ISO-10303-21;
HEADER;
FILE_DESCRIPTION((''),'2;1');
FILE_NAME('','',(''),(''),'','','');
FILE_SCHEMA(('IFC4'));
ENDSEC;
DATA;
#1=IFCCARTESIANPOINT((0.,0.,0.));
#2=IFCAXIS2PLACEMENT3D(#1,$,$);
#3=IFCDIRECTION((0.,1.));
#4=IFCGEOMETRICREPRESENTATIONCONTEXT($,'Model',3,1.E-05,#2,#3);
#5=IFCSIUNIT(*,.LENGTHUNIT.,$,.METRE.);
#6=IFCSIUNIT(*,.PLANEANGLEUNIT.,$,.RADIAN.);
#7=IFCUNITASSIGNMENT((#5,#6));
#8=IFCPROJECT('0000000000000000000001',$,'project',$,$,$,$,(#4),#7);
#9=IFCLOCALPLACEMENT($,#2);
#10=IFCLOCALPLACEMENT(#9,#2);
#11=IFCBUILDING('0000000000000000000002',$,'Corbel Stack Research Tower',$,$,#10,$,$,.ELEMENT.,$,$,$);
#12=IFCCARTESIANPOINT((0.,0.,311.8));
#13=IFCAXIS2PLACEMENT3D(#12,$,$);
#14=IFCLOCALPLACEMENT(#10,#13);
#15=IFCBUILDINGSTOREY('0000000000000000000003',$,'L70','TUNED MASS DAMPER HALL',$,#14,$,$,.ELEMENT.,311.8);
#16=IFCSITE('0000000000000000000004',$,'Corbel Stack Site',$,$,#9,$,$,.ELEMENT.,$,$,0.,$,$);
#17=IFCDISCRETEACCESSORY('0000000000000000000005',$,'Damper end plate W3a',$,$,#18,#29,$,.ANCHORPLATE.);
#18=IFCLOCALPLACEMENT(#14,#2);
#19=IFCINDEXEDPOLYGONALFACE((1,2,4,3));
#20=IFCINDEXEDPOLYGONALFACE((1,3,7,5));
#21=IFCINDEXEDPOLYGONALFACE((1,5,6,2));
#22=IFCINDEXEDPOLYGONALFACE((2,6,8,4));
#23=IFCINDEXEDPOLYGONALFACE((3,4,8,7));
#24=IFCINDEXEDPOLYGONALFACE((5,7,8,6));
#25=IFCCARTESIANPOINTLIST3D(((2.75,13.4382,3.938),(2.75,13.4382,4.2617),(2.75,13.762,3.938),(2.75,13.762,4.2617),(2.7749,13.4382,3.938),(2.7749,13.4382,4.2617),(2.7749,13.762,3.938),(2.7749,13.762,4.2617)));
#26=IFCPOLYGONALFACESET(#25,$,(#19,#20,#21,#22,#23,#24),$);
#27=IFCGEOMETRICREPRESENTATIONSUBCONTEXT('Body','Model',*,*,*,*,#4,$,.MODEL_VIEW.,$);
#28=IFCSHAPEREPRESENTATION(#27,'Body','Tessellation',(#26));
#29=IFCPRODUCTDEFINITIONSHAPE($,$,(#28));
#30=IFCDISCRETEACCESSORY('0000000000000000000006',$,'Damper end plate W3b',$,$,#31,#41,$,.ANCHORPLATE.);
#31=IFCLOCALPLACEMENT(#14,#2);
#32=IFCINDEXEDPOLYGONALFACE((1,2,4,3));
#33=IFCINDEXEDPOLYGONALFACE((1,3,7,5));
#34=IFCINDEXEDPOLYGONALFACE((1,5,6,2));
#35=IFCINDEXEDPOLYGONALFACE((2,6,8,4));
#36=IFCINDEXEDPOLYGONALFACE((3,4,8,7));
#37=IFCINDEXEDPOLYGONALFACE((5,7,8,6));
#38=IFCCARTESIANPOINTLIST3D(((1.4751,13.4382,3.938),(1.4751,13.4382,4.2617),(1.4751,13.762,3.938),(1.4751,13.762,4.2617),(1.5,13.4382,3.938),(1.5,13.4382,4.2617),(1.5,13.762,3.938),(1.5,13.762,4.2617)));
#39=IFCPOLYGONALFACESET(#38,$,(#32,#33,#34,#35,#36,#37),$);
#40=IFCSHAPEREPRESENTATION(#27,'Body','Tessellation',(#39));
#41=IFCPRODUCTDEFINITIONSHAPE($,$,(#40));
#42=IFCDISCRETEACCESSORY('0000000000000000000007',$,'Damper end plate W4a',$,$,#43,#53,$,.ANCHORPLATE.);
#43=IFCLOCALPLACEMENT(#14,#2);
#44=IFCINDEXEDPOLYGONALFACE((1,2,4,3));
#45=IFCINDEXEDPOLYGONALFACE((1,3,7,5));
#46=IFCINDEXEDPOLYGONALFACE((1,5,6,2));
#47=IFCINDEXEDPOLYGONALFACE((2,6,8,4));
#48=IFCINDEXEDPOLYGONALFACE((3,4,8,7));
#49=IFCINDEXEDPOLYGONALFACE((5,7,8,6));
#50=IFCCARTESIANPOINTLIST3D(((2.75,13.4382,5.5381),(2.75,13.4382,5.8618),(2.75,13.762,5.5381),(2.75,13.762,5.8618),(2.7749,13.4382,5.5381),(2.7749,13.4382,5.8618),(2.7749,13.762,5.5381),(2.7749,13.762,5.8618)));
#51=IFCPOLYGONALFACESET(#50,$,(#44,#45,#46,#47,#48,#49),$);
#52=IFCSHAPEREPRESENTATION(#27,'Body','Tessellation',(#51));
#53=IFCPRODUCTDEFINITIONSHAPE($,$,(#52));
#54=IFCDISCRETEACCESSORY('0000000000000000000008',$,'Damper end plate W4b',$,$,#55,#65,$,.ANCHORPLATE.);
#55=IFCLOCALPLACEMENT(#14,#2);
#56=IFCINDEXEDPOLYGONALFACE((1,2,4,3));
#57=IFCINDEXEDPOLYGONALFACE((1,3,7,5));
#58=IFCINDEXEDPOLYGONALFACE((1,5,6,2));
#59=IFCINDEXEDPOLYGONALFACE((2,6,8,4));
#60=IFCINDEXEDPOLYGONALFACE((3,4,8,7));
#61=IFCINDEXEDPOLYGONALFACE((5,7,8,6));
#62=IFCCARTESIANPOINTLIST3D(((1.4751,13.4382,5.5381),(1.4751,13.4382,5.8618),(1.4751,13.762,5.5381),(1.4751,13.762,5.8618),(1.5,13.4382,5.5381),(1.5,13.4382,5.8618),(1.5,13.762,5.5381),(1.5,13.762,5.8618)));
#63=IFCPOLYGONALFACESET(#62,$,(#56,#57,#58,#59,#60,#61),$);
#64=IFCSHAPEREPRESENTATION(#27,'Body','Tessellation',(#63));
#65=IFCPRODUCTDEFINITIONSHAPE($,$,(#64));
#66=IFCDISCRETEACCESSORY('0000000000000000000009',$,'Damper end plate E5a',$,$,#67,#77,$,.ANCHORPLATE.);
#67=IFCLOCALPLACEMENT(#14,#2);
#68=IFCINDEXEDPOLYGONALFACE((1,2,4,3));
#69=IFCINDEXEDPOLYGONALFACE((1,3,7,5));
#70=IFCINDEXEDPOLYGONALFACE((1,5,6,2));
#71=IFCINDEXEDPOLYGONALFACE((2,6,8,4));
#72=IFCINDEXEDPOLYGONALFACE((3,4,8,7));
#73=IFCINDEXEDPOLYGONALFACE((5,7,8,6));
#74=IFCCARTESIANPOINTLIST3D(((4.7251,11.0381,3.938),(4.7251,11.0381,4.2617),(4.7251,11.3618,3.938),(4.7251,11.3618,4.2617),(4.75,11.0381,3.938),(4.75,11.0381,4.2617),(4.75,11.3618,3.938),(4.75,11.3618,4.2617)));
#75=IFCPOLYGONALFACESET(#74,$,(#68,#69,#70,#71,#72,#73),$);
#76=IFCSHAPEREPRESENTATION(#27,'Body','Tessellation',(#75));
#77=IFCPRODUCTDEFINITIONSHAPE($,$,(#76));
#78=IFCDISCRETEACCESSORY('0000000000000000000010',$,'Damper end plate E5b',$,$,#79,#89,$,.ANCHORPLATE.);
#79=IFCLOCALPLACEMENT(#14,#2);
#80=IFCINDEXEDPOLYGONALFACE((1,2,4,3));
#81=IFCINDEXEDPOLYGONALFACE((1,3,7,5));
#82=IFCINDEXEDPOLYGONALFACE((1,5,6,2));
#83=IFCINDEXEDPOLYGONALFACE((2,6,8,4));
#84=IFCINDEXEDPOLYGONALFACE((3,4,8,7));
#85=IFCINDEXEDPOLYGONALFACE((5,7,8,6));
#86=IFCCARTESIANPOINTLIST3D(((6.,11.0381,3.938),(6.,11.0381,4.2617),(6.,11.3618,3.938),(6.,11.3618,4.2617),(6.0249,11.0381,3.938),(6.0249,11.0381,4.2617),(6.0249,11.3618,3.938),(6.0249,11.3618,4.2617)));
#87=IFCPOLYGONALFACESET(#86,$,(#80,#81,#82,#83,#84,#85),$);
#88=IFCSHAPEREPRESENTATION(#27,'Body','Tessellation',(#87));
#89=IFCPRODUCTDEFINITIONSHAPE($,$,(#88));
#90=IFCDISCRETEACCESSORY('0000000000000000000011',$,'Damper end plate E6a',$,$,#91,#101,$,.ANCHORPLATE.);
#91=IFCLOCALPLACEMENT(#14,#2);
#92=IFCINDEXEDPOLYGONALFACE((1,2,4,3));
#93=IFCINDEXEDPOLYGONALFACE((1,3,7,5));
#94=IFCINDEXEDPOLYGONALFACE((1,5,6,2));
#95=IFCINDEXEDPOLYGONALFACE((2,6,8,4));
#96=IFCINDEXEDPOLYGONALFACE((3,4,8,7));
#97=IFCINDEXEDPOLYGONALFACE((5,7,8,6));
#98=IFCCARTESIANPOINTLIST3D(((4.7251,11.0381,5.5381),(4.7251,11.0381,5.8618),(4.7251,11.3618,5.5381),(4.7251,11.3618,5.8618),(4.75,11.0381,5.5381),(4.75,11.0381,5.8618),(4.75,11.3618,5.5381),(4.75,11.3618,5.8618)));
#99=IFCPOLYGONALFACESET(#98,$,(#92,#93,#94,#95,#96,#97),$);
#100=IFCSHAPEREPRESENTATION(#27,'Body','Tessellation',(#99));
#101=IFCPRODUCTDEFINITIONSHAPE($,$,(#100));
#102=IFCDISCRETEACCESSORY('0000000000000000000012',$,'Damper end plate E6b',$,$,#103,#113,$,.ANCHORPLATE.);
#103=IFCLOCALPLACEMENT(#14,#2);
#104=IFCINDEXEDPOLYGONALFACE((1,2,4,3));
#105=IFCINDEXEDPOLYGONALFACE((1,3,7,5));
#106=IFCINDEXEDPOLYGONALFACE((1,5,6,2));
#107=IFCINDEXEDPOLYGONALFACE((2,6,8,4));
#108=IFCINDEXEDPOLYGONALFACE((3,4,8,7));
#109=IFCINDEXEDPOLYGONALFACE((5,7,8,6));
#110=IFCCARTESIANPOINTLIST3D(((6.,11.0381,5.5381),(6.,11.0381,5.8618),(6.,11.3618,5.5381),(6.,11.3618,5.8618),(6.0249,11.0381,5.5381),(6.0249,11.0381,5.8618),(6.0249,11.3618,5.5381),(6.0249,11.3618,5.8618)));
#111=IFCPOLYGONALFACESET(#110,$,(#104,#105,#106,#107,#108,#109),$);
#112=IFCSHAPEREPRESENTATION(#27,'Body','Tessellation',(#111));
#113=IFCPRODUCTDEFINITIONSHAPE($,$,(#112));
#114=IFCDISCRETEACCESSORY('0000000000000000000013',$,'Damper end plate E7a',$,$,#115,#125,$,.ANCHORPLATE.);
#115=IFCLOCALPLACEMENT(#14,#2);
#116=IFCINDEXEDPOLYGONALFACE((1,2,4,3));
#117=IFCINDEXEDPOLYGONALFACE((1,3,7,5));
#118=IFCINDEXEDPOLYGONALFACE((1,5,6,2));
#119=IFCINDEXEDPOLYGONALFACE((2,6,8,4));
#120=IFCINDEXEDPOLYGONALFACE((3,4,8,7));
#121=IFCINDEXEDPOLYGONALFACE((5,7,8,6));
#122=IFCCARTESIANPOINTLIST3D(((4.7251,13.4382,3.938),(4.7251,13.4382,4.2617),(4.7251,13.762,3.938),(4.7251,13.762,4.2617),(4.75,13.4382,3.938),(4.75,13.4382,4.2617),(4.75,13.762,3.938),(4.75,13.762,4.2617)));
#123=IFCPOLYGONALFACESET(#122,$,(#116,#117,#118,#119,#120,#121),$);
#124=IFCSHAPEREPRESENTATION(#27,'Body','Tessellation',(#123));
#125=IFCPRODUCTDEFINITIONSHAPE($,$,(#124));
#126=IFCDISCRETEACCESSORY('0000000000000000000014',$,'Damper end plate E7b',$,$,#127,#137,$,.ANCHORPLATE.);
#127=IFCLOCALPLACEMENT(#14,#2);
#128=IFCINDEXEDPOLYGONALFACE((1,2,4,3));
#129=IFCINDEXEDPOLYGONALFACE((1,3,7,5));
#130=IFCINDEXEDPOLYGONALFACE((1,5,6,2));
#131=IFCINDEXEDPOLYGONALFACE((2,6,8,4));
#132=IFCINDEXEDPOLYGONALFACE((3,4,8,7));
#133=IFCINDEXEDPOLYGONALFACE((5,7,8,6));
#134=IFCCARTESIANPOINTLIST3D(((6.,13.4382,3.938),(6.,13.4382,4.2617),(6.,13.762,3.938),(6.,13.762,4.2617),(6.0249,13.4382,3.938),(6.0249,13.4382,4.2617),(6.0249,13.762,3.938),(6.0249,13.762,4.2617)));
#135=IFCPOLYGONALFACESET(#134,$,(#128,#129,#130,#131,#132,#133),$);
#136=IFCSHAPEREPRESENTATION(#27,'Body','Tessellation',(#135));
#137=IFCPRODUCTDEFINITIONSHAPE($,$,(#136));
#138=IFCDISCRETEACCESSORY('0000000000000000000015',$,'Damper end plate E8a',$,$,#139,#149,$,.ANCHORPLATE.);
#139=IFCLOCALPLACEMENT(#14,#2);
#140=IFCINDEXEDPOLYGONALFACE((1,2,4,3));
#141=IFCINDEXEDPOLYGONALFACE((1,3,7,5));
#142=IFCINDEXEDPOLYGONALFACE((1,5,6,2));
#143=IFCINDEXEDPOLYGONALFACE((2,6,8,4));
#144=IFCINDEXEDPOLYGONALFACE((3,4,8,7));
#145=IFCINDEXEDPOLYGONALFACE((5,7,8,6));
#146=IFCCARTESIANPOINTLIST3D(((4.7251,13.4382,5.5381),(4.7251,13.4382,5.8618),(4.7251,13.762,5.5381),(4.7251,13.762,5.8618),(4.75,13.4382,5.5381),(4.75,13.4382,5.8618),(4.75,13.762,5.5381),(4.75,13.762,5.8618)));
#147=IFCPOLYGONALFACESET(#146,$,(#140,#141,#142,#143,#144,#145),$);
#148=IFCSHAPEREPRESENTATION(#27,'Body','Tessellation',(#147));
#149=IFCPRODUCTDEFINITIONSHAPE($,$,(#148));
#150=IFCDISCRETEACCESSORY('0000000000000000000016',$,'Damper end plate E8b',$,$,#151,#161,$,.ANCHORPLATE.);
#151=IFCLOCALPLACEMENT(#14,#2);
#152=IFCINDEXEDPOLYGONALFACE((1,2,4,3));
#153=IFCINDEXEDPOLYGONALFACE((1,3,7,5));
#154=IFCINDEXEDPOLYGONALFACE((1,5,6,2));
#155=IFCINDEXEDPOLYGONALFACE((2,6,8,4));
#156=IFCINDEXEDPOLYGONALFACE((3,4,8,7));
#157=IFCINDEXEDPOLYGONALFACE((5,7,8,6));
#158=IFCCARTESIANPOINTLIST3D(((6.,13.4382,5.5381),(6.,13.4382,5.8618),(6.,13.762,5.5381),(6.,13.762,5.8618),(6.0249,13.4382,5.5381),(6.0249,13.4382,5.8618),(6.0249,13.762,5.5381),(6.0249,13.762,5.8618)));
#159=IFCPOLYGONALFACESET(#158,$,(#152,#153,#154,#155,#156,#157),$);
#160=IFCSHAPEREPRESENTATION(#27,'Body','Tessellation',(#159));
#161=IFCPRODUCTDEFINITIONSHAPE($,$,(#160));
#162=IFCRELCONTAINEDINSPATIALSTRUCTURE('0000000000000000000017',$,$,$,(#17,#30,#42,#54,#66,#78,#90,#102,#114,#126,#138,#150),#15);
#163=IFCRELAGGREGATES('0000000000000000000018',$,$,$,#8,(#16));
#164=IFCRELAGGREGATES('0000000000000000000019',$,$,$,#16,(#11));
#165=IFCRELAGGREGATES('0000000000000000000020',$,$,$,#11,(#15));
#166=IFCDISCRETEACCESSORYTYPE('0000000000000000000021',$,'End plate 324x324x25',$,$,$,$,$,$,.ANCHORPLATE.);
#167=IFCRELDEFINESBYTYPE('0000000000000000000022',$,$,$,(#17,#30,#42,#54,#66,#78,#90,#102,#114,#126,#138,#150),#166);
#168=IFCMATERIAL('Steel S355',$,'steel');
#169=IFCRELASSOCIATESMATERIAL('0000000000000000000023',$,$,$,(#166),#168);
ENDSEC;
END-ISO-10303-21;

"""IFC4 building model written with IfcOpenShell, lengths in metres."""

from ifc_helpers import new_model, si_unit, direction, frame, origin, origin_2d, place, context, subcontext, project, spatial, rectangle, extrude, material, material_profile, profile_set, type_object, element, save


model = new_model("IFC4")

# Units and contexts
model_context = context("Model", 3, precision=1e-05, world=origin(), true_north=direction((0.0, 1.0)))
body_context = subcontext(model_context, "Body", "Model", "MODEL_VIEW")
ifc_project = project(units=[si_unit("LENGTHUNIT", "METRE"), si_unit("PLANEANGLEUNIT", "RADIAN")], contexts=[model_context])

# Site, building, storey
site_placement = place(None, origin())
site = spatial("IfcSite", under=ifc_project, at=site_placement, Name="Corbel Stack Site", CompositionType="ELEMENT", RefElevation=0.0)
building_placement = place(site_placement, origin())
building = spatial("IfcBuilding", under=site, at=building_placement, Name="Corbel Stack Research Tower", CompositionType="ELEMENT")
storey_placement = place(building_placement, frame((0.0, 0.0, 311.8)))
storey = spatial("IfcBuildingStorey", under=building, at=storey_placement, Name="L70", Description="TUNED MASS DAMPER HALL", CompositionType="ELEMENT", Elevation=311.8)

# Discrete accessories
ifc_material_1 = material(Name="Steel S355", Category="steel")
ifc_material_profile_1 = material_profile(ifc_material_1, rectangle(XDim=0.3237, YDim=0.3237, at=origin_2d()), Name="End plate 324x324x25")
ifc_profile_set_1 = profile_set([ifc_material_profile_1], Name="Steel S355")
discrete_accessory_type = type_object("IfcDiscreteAccessoryType", Name="End plate 324x324x25", PredefinedType="ANCHORPLATE", material=ifc_profile_set_1)
for number, where, z_axis, x_axis, name in (
    (1, (2.75, 13.6001, 4.0999), (1.0, 0.0, 0.0), (0.0, 1.0, 0.0), "Damper end plate W3a"),
    (2, (1.5, 13.6001, 4.0999), (-1.0, 0.0, 0.0), (0.0, -1.0, 0.0), "Damper end plate W3b"),
    (3, (2.75, 13.6001, 5.7), (1.0, 0.0, 0.0), (0.0, 1.0, 0.0), "Damper end plate W4a"),
    (4, (1.5, 13.6001, 5.7), (-1.0, 0.0, 0.0), (0.0, -1.0, 0.0), "Damper end plate W4b"),
    (5, (4.75, 11.2, 4.0999), (-1.0, 0.0, 0.0), (0.0, -1.0, 0.0), "Damper end plate E5a"),
    (6, (6.0, 11.2, 4.0999), (1.0, 0.0, 0.0), (0.0, 1.0, 0.0), "Damper end plate E5b"),
    (7, (4.75, 11.2, 5.7), (-1.0, 0.0, 0.0), (0.0, -1.0, 0.0), "Damper end plate E6a"),
    (8, (6.0, 11.2, 5.7), (1.0, 0.0, 0.0), (0.0, 1.0, 0.0), "Damper end plate E6b"),
    (9, (4.75, 13.6001, 4.0999), (-1.0, 0.0, 0.0), (0.0, -1.0, 0.0), "Damper end plate E7a"),
    (10, (6.0, 13.6001, 4.0999), (1.0, 0.0, 0.0), (0.0, 1.0, 0.0), "Damper end plate E7b"),
    (11, (4.75, 13.6001, 5.7), (-1.0, 0.0, 0.0), (0.0, -1.0, 0.0), "Damper end plate E8a"),
    (12, (6.0, 13.6001, 5.7), (1.0, 0.0, 0.0), (0.0, 1.0, 0.0), "Damper end plate E8b"),
):
    element("IfcDiscreteAccessory", number, at=place(storey_placement, frame(where, z_axis=z_axis, x_axis=x_axis)), inside=storey, type_object=discrete_accessory_type, Name=name, PredefinedType="ANCHORPLATE", context=body_context, shape_type="SweptSolid", body=[
        extrude(rectangle(XDim=0.3237, YDim=0.3237, at=origin_2d()), origin(), (0.0, 0.0, 1.0), 0.0249),
    ])

save(model, "model.ifc")
